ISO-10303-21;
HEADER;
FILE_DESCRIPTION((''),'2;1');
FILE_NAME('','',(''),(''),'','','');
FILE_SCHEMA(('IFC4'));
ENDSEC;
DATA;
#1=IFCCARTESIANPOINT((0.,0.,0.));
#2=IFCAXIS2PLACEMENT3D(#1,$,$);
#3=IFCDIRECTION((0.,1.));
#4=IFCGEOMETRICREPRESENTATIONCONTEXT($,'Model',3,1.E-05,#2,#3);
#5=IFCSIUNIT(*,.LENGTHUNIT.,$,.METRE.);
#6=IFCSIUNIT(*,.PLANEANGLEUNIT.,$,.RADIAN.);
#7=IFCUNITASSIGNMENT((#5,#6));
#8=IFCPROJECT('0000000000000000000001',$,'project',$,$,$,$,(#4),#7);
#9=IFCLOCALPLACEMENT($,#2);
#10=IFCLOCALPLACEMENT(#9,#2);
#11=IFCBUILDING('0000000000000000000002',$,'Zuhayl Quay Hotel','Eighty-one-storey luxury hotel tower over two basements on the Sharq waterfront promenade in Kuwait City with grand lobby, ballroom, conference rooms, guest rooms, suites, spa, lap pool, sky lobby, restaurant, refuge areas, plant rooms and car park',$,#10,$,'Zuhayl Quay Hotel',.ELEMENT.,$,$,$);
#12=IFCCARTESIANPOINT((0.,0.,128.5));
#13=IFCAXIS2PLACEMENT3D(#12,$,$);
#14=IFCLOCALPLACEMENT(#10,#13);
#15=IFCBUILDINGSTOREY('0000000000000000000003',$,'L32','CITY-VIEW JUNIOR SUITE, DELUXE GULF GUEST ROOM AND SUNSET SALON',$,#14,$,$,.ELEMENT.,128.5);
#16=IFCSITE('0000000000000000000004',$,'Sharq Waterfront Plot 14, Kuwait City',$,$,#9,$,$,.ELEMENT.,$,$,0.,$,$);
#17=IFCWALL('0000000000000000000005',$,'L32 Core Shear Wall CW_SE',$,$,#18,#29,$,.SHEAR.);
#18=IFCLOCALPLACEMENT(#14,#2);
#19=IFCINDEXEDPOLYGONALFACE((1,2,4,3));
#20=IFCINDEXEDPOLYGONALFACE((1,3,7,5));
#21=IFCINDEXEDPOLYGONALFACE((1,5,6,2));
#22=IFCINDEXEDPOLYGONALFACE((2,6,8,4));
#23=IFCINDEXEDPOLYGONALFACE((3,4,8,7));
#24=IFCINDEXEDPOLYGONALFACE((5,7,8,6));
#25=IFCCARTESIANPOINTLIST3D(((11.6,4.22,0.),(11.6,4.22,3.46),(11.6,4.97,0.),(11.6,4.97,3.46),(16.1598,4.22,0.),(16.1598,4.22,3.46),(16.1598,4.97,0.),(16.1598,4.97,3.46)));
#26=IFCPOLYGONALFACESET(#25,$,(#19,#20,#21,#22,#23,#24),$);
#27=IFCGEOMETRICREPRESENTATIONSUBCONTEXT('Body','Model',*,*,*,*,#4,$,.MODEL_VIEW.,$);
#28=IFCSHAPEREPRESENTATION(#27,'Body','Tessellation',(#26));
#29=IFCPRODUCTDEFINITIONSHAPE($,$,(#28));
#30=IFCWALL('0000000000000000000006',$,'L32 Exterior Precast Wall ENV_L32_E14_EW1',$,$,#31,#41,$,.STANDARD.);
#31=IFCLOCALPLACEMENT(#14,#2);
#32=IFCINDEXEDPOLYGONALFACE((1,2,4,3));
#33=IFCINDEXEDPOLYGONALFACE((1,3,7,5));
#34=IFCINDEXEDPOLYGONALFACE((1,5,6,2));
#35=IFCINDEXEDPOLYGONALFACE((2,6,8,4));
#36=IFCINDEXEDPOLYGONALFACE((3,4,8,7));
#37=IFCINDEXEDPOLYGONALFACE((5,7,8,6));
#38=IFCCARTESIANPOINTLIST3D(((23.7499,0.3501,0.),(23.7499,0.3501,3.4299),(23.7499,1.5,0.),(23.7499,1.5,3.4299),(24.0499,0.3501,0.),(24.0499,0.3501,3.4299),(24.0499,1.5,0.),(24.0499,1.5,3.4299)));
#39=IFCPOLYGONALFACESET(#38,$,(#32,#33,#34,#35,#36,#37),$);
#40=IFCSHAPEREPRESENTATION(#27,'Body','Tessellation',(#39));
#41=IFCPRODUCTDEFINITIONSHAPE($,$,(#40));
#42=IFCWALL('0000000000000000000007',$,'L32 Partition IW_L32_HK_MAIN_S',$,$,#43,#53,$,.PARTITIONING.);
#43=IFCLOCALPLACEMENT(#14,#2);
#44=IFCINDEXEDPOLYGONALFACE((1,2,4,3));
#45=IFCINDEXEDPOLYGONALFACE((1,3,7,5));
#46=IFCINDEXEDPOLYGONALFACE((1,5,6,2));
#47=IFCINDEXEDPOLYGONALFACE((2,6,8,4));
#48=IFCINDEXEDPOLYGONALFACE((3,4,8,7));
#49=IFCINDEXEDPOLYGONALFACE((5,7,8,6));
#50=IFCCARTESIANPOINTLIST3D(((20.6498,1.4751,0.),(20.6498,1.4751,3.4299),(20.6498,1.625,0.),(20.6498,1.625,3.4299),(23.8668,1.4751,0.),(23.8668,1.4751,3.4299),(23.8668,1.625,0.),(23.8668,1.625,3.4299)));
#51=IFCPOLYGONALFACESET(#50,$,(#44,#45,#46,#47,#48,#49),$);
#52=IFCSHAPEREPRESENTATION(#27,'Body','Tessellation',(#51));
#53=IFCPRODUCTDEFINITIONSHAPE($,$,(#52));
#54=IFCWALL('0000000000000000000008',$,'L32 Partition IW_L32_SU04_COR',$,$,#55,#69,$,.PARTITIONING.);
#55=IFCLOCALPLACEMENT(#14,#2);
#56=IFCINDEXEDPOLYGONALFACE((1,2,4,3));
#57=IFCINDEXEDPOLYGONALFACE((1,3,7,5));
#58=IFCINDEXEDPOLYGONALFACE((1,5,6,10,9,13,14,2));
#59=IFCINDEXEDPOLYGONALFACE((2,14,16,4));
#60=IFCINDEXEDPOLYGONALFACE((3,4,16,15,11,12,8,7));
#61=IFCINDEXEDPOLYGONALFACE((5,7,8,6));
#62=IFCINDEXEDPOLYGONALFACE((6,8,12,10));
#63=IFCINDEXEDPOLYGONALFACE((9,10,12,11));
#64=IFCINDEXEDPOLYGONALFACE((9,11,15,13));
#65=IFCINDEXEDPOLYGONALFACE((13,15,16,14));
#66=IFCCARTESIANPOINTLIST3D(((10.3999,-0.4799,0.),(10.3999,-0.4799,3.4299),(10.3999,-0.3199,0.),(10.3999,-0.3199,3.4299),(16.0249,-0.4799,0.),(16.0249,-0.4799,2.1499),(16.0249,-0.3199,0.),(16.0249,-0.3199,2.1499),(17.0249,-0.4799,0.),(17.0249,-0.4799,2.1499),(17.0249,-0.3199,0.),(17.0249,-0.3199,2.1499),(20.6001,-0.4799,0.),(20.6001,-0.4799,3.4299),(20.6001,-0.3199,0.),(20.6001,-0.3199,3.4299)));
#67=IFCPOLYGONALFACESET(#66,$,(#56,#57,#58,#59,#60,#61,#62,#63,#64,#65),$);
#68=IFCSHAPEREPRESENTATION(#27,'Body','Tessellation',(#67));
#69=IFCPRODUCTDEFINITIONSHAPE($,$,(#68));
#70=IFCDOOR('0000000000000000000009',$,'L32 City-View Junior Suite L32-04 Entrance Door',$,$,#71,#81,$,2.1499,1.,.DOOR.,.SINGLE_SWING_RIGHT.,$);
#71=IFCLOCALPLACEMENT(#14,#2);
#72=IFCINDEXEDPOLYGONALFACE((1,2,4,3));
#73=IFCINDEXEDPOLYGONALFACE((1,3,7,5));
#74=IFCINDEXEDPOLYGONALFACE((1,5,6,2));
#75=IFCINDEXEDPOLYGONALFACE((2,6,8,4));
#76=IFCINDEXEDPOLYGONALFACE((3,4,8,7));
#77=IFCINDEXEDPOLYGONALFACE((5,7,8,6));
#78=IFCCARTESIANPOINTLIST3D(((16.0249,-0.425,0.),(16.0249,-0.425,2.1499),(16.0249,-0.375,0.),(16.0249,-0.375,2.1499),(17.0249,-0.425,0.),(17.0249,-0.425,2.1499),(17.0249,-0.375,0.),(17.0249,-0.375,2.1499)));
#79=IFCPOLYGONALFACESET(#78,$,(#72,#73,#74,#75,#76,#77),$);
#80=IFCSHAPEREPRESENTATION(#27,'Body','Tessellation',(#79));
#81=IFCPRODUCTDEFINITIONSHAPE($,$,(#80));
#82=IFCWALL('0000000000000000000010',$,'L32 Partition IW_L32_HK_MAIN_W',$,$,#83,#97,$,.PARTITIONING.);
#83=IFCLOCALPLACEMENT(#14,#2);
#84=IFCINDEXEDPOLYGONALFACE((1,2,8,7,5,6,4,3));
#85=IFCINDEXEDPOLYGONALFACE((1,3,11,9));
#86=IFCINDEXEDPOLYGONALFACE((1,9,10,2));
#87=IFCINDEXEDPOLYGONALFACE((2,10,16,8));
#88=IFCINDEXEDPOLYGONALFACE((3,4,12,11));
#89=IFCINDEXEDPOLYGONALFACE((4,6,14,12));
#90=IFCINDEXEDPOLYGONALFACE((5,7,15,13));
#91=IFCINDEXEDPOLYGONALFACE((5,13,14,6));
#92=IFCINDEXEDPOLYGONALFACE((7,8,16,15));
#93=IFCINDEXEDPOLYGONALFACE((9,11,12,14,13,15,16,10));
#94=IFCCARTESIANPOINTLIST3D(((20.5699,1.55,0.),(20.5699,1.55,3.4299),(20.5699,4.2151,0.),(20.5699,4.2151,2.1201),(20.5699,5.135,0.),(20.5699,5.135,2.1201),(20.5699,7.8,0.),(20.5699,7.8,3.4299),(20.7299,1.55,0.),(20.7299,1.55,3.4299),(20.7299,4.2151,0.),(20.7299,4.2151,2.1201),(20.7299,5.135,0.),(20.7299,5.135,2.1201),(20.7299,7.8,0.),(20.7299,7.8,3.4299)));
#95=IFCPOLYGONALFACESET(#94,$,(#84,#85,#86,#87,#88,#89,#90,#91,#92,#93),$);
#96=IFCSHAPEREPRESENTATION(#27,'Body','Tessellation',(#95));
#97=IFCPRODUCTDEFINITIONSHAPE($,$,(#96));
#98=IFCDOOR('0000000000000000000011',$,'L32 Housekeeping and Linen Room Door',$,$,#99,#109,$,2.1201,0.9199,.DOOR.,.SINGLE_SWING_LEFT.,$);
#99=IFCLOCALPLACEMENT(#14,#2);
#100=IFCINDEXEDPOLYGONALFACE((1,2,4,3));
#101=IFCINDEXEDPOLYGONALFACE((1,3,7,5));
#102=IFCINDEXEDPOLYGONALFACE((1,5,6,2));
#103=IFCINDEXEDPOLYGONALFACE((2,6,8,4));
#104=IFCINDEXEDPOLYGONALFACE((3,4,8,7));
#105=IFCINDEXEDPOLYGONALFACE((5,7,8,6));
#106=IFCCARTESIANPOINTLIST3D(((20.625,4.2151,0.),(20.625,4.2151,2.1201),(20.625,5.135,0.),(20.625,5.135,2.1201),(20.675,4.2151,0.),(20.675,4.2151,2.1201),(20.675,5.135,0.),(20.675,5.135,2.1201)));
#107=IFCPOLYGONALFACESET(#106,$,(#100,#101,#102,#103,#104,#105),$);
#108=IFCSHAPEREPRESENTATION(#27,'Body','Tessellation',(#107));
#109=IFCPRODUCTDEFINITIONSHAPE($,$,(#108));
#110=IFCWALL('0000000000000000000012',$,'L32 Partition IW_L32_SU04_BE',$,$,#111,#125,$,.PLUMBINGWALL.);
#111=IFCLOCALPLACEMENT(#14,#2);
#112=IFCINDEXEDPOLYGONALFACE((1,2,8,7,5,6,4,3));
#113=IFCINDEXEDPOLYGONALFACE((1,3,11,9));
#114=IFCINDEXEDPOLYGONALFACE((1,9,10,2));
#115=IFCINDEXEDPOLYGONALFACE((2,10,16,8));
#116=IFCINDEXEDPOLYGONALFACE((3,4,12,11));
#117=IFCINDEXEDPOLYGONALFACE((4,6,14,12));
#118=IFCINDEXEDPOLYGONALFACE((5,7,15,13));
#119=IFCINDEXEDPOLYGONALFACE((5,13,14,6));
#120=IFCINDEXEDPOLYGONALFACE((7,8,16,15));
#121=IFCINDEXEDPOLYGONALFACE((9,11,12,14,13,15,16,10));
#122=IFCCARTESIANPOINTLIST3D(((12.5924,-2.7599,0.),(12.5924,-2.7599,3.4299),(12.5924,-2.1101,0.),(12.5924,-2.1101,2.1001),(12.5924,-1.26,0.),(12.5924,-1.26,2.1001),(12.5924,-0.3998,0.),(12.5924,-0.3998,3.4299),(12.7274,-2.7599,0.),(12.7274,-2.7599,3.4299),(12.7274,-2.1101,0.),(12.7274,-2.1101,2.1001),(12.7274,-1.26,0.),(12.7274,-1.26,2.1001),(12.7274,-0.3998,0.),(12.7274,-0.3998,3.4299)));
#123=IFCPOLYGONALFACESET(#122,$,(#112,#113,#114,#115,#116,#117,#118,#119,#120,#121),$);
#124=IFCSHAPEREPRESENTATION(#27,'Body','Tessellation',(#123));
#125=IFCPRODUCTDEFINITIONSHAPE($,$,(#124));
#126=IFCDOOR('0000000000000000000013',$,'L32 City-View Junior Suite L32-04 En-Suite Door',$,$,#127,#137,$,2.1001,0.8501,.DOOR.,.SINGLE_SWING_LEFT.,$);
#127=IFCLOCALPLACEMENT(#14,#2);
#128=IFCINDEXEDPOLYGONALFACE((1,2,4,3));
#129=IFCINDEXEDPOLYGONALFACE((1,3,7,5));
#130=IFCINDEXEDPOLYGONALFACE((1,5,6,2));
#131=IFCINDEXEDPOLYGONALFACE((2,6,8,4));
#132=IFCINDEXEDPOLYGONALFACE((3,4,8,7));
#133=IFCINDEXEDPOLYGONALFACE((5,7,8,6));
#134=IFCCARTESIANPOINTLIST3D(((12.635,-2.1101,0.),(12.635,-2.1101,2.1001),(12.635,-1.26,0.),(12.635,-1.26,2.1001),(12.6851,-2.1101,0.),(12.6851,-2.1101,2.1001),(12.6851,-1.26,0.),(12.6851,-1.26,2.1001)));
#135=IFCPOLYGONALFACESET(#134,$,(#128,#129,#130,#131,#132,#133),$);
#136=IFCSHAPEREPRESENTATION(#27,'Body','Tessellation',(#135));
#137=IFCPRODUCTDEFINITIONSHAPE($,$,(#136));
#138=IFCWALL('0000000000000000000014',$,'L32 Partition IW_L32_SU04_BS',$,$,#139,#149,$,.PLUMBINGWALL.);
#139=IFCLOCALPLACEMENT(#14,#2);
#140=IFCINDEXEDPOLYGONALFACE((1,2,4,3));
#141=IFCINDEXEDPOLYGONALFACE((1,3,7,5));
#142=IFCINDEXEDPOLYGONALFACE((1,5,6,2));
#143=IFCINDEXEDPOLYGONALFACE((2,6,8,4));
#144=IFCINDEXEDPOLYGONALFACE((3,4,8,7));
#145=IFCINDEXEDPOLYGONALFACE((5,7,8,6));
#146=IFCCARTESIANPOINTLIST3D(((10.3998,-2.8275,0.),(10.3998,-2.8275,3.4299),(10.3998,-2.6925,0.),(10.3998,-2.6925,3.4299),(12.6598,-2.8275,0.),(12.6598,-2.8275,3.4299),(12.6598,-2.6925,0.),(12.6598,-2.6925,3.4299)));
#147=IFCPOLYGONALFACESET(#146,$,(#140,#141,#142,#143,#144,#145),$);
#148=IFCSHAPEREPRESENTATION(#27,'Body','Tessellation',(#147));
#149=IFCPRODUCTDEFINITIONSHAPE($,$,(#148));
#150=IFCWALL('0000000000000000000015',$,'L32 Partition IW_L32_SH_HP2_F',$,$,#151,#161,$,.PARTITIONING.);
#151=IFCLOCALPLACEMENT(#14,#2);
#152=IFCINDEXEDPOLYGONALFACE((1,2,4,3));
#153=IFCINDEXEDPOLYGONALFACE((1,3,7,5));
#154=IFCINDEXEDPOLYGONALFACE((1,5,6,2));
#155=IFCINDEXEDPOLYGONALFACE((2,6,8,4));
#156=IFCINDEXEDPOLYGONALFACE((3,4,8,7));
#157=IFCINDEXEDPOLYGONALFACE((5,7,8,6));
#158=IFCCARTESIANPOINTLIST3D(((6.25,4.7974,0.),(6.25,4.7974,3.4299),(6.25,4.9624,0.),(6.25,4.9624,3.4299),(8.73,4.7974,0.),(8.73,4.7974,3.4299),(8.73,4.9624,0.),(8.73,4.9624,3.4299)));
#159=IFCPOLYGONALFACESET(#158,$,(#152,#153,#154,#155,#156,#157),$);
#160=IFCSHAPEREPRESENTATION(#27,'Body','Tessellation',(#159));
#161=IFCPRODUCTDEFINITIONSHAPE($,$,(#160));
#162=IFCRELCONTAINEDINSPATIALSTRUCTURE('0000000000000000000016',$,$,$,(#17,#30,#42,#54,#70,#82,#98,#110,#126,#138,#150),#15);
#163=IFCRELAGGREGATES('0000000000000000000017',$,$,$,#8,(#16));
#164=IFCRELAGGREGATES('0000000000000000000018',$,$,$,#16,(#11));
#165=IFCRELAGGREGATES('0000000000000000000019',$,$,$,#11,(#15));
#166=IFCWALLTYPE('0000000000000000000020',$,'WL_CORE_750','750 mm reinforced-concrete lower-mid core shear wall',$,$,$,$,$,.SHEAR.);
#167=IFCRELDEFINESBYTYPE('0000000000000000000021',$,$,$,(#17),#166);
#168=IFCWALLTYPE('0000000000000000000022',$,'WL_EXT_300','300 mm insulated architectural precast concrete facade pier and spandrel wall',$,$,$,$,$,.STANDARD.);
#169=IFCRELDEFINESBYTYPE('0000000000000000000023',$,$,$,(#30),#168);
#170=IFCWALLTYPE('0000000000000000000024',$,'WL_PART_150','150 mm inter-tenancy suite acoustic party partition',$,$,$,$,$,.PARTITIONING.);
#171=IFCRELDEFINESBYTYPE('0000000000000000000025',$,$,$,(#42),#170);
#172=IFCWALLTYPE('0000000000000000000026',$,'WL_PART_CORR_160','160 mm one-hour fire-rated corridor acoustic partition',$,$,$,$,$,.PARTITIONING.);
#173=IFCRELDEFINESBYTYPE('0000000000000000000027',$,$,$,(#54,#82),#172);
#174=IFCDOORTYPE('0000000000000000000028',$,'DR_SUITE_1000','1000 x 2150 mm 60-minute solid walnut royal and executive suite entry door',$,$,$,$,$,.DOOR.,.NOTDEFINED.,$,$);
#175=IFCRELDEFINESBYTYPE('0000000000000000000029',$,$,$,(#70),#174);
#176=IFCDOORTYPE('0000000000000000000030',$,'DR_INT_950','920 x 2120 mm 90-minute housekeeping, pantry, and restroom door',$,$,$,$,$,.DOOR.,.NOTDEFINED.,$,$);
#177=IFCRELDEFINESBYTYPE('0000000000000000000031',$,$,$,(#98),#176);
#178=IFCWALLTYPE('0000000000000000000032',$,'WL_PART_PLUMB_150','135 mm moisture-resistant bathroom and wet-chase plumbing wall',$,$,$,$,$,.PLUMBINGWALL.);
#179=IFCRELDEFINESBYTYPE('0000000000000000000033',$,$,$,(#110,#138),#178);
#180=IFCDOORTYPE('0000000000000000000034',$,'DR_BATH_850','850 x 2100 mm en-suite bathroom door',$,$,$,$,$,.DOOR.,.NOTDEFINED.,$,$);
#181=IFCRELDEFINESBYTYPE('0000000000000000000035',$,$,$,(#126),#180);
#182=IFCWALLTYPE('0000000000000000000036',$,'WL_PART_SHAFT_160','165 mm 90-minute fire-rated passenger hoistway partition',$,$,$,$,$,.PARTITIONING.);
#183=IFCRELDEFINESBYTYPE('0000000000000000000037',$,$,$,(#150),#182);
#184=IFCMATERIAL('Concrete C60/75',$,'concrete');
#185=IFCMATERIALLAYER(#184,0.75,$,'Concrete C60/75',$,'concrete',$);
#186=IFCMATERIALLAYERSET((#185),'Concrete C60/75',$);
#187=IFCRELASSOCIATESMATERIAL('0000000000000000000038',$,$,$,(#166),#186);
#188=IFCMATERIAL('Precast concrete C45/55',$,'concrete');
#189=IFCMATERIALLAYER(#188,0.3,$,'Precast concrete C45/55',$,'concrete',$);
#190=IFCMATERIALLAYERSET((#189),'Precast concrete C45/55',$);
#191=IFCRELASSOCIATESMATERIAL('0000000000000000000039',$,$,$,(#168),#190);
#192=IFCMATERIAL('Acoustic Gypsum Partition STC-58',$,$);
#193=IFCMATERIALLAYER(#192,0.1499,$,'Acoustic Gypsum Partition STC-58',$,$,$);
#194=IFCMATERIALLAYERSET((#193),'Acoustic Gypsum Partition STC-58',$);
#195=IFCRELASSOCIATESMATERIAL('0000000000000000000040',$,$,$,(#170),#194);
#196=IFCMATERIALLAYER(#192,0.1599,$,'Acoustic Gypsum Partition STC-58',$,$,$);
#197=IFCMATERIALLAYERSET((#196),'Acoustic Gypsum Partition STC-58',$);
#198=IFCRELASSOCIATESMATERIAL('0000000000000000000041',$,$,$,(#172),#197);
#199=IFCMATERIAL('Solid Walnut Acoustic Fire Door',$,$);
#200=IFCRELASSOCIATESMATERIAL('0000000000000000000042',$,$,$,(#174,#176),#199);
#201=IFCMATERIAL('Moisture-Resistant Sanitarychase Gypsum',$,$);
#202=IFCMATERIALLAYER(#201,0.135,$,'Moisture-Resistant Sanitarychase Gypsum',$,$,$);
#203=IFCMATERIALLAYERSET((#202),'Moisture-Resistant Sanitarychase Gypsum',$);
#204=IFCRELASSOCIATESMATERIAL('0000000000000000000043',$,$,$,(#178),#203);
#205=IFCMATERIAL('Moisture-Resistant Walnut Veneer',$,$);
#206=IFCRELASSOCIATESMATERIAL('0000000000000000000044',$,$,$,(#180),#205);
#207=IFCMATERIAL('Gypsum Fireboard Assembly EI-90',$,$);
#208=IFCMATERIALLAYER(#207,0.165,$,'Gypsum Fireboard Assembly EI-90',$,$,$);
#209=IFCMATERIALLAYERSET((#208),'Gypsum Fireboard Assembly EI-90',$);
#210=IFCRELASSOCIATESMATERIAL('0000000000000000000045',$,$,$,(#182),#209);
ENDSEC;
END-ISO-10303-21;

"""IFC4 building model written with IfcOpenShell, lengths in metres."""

from ifc_helpers import new_model, si_unit, direction, frame, frame_2d, origin, place, context, subcontext, project, spatial, rectangle, extrude, material, layer, layer_set, type_object, element, fill, save


model = new_model("IFC4")

# Units and contexts
model_context = context("Model", 3, precision=1e-05, world=origin(), true_north=direction((0.0, 1.0)))
body_context = subcontext(model_context, "Body", "Model", "MODEL_VIEW")
ifc_project = project(units=[si_unit("LENGTHUNIT", "METRE"), si_unit("PLANEANGLEUNIT", "RADIAN")], contexts=[model_context])

# Site, building, storey
site_placement = place(None, origin())
site = spatial("IfcSite", under=ifc_project, at=site_placement, Name="Sharq Waterfront Plot 14, Kuwait City", CompositionType="ELEMENT", RefElevation=0.0)
building_placement = place(site_placement, origin())
building = spatial("IfcBuilding", under=site, at=building_placement, Name="Zuhayl Quay Hotel", Description="Eighty-one-storey luxury hotel tower over two basements on the Sharq waterfront promenade in Kuwait City with grand lobby, ballroom, conference rooms, guest rooms, suites, spa, lap pool, sky lobby, restaurant, refuge areas, plant rooms and car park", LongName="Zuhayl Quay Hotel", CompositionType="ELEMENT")
storey_placement = place(building_placement, frame((0.0, 0.0, 128.5)))
storey = spatial("IfcBuildingStorey", under=building, at=storey_placement, Name="L32", Description="CITY-VIEW JUNIOR SUITE, DELUXE GULF GUEST ROOM AND SUNSET SALON", CompositionType="ELEMENT", Elevation=128.5)

# Shared definitions
ifc_material_1 = material(Name="Concrete C60/75", Category="concrete")

# Walls
ifc_layer_1 = layer(ifc_material_1, 0.75, Name="Concrete C60/75", Category="concrete")
ifc_layer_set_1 = layer_set([ifc_layer_1], Name="Concrete C60/75")
wall_type_1 = type_object("IfcWallType", Name="WL_CORE_750", Description="750 mm reinforced-concrete lower-mid core shear wall", PredefinedType="SHEAR", material=ifc_layer_set_1)
wall_1_placement = place(storey_placement, frame((11.6001, 4.595, 0.0), z_axis=(0.0, 0.0, 1.0), x_axis=(1.0, 0.0, 0.0)))
element("IfcWall", 1, at=wall_1_placement, inside=storey, type_object=wall_type_1, Name="L32 Core Shear Wall CW_SE", PredefinedType="SHEAR", context=body_context, shape_type="SweptSolid", body=[
    extrude(rectangle(XDim=4.5598, YDim=0.75, at=frame_2d((2.2798, 0.0))), origin(), (0.0, 0.0, 1.0), 3.46),
])
ifc_material_2 = material(Name="Precast concrete C45/55", Category="concrete")
ifc_layer_2 = layer(ifc_material_2, 0.3, Name="Precast concrete C45/55", Category="concrete")
ifc_layer_set_2 = layer_set([ifc_layer_2], Name="Precast concrete C45/55")
wall_type_2 = type_object("IfcWallType", Name="WL_EXT_300", Description="300 mm insulated architectural precast concrete facade pier and spandrel wall", PredefinedType="STANDARD", material=ifc_layer_set_2)
wall_2_placement = place(storey_placement, frame((23.8999, 1.5, 0.0), z_axis=(0.0, 0.0, 1.0), x_axis=(0.0, -1.0, 0.0)))
element("IfcWall", 2, at=wall_2_placement, inside=storey, type_object=wall_type_2, Name="L32 Exterior Precast Wall ENV_L32_E14_EW1", PredefinedType="STANDARD", context=body_context, shape_type="SweptSolid", body=[
    extrude(rectangle(XDim=1.1499, YDim=0.3, at=frame_2d((0.575, 0.0))), origin(), (0.0, 0.0, 1.0), 3.4299),
])
ifc_material_3 = material(Name="Acoustic Gypsum Partition STC-58")
ifc_layer_3 = layer(ifc_material_3, 0.1499, Name="Acoustic Gypsum Partition STC-58")
ifc_layer_set_3 = layer_set([ifc_layer_3], Name="Acoustic Gypsum Partition STC-58")
wall_type_3 = type_object("IfcWallType", Name="WL_PART_150", Description="150 mm inter-tenancy suite acoustic party partition", PredefinedType="PARTITIONING", material=ifc_layer_set_3)
wall_3_placement = place(storey_placement, frame((20.6499, 1.55, 0.0), z_axis=(0.0, 0.0, 1.0), x_axis=(1.0, 0.0, 0.0)))
element("IfcWall", 3, at=wall_3_placement, inside=storey, type_object=wall_type_3, Name="L32 Partition IW_L32_HK_MAIN_S", PredefinedType="PARTITIONING", context=body_context, shape_type="SweptSolid", body=[
    extrude(rectangle(XDim=3.217, YDim=0.1499, at=frame_2d((1.6084, 0.0))), origin(), (0.0, 0.0, 1.0), 3.4299),
])

# Walls, openings, doors
ifc_layer_4 = layer(ifc_material_3, 0.1599, Name="Acoustic Gypsum Partition STC-58")
ifc_layer_set_4 = layer_set([ifc_layer_4], Name="Acoustic Gypsum Partition STC-58")
wall_type_4 = type_object("IfcWallType", Name="WL_PART_CORR_160", Description="160 mm one-hour fire-rated corridor acoustic partition", PredefinedType="PARTITIONING", material=ifc_layer_set_4)
wall_4_placement = place(storey_placement, frame((10.3999, -0.3999, 0.0), z_axis=(0.0, 0.0, 1.0), x_axis=(1.0, 0.0, 0.0)))
wall_4 = element("IfcWall", 4, at=wall_4_placement, inside=storey, type_object=wall_type_4, Name="L32 Partition IW_L32_SU04_COR", PredefinedType="PARTITIONING", context=body_context, shape_type="SweptSolid", body=[
    extrude(rectangle(XDim=10.2002, YDim=0.1599, at=frame_2d((5.1001, 0.0))), origin(), (0.0, 0.0, 1.0), 3.4299),
])
opening_1_placement = place(wall_4_placement, frame((5.625, 0.0, 0.0)))
opening_1 = element("IfcOpeningElement", 5, at=opening_1_placement, cuts=wall_4, PredefinedType="OPENING", context=body_context, shape_type="SweptSolid", body=[
    extrude(rectangle(XDim=1.0, YDim=2.1499, at=frame_2d((0.5, 1.075))), frame((0.0, 0.0898, 0.0), z_axis=(0.0, -1.0, 0.0), x_axis=(1.0, 0.0, 0.0)), (0.0, 0.0, 1.0), 0.1799),
])
ifc_material_4 = material(Name="Solid Walnut Acoustic Fire Door")
door_type_1 = type_object("IfcDoorType", Name="DR_SUITE_1000", Description="1000 x 2150 mm 60-minute solid walnut royal and executive suite entry door", OperationType="NOTDEFINED", PredefinedType="DOOR", material=ifc_material_4)
door_1_placement = place(opening_1_placement, origin())
door_1 = element("IfcDoor", 6, at=door_1_placement, inside=storey, type_object=door_type_1, Name="L32 City-View Junior Suite L32-04 Entrance Door", OperationType="SINGLE_SWING_RIGHT", OverallHeight=2.1499, OverallWidth=1.0, PredefinedType="DOOR", context=body_context, shape_type="SweptSolid", body=[
    extrude(rectangle(XDim=1.0, YDim=2.1499, at=frame_2d((0.5, 1.075))), frame((0.0, 0.0249, 0.0), z_axis=(0.0, -1.0, 0.0), x_axis=(1.0, 0.0, 0.0)), (0.0, 0.0, 1.0), 0.05),
])
fill(opening_1, door_1)
wall_5_placement = place(storey_placement, frame((20.6499, 1.55, 0.0), z_axis=(0.0, 0.0, 1.0), x_axis=(0.0, 1.0, 0.0)))
wall_5 = element("IfcWall", 7, at=wall_5_placement, inside=storey, type_object=wall_type_4, Name="L32 Partition IW_L32_HK_MAIN_W", PredefinedType="PARTITIONING", context=body_context, shape_type="SweptSolid", body=[
    extrude(rectangle(XDim=6.25, YDim=0.1599, at=frame_2d((3.125, 0.0))), origin(), (0.0, 0.0, 1.0), 3.4299),
])
opening_2_placement = place(wall_5_placement, frame((2.665, 0.0, 0.0)))
opening_2 = element("IfcOpeningElement", 8, at=opening_2_placement, cuts=wall_5, PredefinedType="OPENING", context=body_context, shape_type="SweptSolid", body=[
    extrude(rectangle(XDim=0.9199, YDim=2.1201, at=frame_2d((0.46, 1.0601))), frame((0.0, 0.0898, 0.0), z_axis=(0.0, -1.0, 0.0), x_axis=(1.0, 0.0, 0.0)), (0.0, 0.0, 1.0), 0.1799),
])
door_type_2 = type_object("IfcDoorType", Name="DR_INT_950", Description="920 x 2120 mm 90-minute housekeeping, pantry, and restroom door", OperationType="NOTDEFINED", PredefinedType="DOOR", material=ifc_material_4)
door_2_placement = place(opening_2_placement, origin())
door_2 = element("IfcDoor", 9, at=door_2_placement, inside=storey, type_object=door_type_2, Name="L32 Housekeeping and Linen Room Door", OperationType="SINGLE_SWING_LEFT", OverallHeight=2.1201, OverallWidth=0.9199, PredefinedType="DOOR", context=body_context, shape_type="SweptSolid", body=[
    extrude(rectangle(XDim=0.9199, YDim=2.1201, at=frame_2d((0.46, 1.0601))), frame((0.0, 0.0249, 0.0), z_axis=(0.0, -1.0, 0.0), x_axis=(1.0, 0.0, 0.0)), (0.0, 0.0, 1.0), 0.05),
])
fill(opening_2, door_2)
ifc_material_5 = material(Name="Moisture-Resistant Sanitarychase Gypsum")
ifc_layer_5 = layer(ifc_material_5, 0.135, Name="Moisture-Resistant Sanitarychase Gypsum")
ifc_layer_set_5 = layer_set([ifc_layer_5], Name="Moisture-Resistant Sanitarychase Gypsum")
wall_type_5 = type_object("IfcWallType", Name="WL_PART_PLUMB_150", Description="135 mm moisture-resistant bathroom and wet-chase plumbing wall", PredefinedType="PLUMBINGWALL", material=ifc_layer_set_5)
wall_6_placement = place(storey_placement, frame((12.6599, -2.76, 0.0), z_axis=(0.0, 0.0, 1.0), x_axis=(0.0, 1.0, 0.0)))
wall_6 = element("IfcWall", 10, at=wall_6_placement, inside=storey, type_object=wall_type_5, Name="L32 Partition IW_L32_SU04_BE", PredefinedType="PLUMBINGWALL", context=body_context, shape_type="SweptSolid", body=[
    extrude(rectangle(XDim=2.3601, YDim=0.135, at=frame_2d((1.1802, 0.0))), origin(), (0.0, 0.0, 1.0), 3.4299),
])
opening_3_placement = place(wall_6_placement, frame((0.6499, 0.0, 0.0)))
opening_3 = element("IfcOpeningElement", 11, at=opening_3_placement, cuts=wall_6, PredefinedType="OPENING", context=body_context, shape_type="SweptSolid", body=[
    extrude(rectangle(XDim=0.8501, YDim=2.1001, at=frame_2d((0.425, 1.05))), frame((0.0, 0.0774, 0.0), z_axis=(0.0, -1.0, 0.0), x_axis=(1.0, 0.0, 0.0)), (0.0, 0.0, 1.0), 0.155),
])
ifc_material_6 = material(Name="Moisture-Resistant Walnut Veneer")
door_type_3 = type_object("IfcDoorType", Name="DR_BATH_850", Description="850 x 2100 mm en-suite bathroom door", OperationType="NOTDEFINED", PredefinedType="DOOR", material=ifc_material_6)
door_3_placement = place(opening_3_placement, origin())
door_3 = element("IfcDoor", 12, at=door_3_placement, inside=storey, type_object=door_type_3, Name="L32 City-View Junior Suite L32-04 En-Suite Door", OperationType="SINGLE_SWING_LEFT", OverallHeight=2.1001, OverallWidth=0.8501, PredefinedType="DOOR", context=body_context, shape_type="SweptSolid", body=[
    extrude(rectangle(XDim=0.8501, YDim=2.1001, at=frame_2d((0.425, 1.05))), frame((0.0, 0.0249, 0.0), z_axis=(0.0, -1.0, 0.0), x_axis=(1.0, 0.0, 0.0)), (0.0, 0.0, 1.0), 0.05),
])
fill(opening_3, door_3)

# Walls
wall_7_placement = place(storey_placement, frame((10.3999, -2.76, 0.0), z_axis=(0.0, 0.0, 1.0), x_axis=(1.0, 0.0, 0.0)))
element("IfcWall", 13, at=wall_7_placement, inside=storey, type_object=wall_type_5, Name="L32 Partition IW_L32_SU04_BS", PredefinedType="PLUMBINGWALL", context=body_context, shape_type="SweptSolid", body=[
    extrude(rectangle(XDim=2.26, YDim=0.135, at=frame_2d((1.1299, 0.0))), origin(), (0.0, 0.0, 1.0), 3.4299),
])
ifc_material_7 = material(Name="Gypsum Fireboard Assembly EI-90")
ifc_layer_6 = layer(ifc_material_7, 0.165, Name="Gypsum Fireboard Assembly EI-90")
ifc_layer_set_6 = layer_set([ifc_layer_6], Name="Gypsum Fireboard Assembly EI-90")
wall_type_6 = type_object("IfcWallType", Name="WL_PART_SHAFT_160", Description="165 mm 90-minute fire-rated passenger hoistway partition", PredefinedType="PARTITIONING", material=ifc_layer_set_6)
wall_8_placement = place(storey_placement, frame((6.25, 4.8799, 0.0), z_axis=(0.0, 0.0, 1.0), x_axis=(1.0, 0.0, 0.0)))
element("IfcWall", 14, at=wall_8_placement, inside=storey, type_object=wall_type_6, Name="L32 Partition IW_L32_SH_HP2_F", PredefinedType="PARTITIONING", context=body_context, shape_type="SweptSolid", body=[
    extrude(rectangle(XDim=2.48, YDim=0.165, at=frame_2d((1.24, 0.0))), origin(), (0.0, 0.0, 1.0), 3.4299),
])

save(model, "model.ifc")
